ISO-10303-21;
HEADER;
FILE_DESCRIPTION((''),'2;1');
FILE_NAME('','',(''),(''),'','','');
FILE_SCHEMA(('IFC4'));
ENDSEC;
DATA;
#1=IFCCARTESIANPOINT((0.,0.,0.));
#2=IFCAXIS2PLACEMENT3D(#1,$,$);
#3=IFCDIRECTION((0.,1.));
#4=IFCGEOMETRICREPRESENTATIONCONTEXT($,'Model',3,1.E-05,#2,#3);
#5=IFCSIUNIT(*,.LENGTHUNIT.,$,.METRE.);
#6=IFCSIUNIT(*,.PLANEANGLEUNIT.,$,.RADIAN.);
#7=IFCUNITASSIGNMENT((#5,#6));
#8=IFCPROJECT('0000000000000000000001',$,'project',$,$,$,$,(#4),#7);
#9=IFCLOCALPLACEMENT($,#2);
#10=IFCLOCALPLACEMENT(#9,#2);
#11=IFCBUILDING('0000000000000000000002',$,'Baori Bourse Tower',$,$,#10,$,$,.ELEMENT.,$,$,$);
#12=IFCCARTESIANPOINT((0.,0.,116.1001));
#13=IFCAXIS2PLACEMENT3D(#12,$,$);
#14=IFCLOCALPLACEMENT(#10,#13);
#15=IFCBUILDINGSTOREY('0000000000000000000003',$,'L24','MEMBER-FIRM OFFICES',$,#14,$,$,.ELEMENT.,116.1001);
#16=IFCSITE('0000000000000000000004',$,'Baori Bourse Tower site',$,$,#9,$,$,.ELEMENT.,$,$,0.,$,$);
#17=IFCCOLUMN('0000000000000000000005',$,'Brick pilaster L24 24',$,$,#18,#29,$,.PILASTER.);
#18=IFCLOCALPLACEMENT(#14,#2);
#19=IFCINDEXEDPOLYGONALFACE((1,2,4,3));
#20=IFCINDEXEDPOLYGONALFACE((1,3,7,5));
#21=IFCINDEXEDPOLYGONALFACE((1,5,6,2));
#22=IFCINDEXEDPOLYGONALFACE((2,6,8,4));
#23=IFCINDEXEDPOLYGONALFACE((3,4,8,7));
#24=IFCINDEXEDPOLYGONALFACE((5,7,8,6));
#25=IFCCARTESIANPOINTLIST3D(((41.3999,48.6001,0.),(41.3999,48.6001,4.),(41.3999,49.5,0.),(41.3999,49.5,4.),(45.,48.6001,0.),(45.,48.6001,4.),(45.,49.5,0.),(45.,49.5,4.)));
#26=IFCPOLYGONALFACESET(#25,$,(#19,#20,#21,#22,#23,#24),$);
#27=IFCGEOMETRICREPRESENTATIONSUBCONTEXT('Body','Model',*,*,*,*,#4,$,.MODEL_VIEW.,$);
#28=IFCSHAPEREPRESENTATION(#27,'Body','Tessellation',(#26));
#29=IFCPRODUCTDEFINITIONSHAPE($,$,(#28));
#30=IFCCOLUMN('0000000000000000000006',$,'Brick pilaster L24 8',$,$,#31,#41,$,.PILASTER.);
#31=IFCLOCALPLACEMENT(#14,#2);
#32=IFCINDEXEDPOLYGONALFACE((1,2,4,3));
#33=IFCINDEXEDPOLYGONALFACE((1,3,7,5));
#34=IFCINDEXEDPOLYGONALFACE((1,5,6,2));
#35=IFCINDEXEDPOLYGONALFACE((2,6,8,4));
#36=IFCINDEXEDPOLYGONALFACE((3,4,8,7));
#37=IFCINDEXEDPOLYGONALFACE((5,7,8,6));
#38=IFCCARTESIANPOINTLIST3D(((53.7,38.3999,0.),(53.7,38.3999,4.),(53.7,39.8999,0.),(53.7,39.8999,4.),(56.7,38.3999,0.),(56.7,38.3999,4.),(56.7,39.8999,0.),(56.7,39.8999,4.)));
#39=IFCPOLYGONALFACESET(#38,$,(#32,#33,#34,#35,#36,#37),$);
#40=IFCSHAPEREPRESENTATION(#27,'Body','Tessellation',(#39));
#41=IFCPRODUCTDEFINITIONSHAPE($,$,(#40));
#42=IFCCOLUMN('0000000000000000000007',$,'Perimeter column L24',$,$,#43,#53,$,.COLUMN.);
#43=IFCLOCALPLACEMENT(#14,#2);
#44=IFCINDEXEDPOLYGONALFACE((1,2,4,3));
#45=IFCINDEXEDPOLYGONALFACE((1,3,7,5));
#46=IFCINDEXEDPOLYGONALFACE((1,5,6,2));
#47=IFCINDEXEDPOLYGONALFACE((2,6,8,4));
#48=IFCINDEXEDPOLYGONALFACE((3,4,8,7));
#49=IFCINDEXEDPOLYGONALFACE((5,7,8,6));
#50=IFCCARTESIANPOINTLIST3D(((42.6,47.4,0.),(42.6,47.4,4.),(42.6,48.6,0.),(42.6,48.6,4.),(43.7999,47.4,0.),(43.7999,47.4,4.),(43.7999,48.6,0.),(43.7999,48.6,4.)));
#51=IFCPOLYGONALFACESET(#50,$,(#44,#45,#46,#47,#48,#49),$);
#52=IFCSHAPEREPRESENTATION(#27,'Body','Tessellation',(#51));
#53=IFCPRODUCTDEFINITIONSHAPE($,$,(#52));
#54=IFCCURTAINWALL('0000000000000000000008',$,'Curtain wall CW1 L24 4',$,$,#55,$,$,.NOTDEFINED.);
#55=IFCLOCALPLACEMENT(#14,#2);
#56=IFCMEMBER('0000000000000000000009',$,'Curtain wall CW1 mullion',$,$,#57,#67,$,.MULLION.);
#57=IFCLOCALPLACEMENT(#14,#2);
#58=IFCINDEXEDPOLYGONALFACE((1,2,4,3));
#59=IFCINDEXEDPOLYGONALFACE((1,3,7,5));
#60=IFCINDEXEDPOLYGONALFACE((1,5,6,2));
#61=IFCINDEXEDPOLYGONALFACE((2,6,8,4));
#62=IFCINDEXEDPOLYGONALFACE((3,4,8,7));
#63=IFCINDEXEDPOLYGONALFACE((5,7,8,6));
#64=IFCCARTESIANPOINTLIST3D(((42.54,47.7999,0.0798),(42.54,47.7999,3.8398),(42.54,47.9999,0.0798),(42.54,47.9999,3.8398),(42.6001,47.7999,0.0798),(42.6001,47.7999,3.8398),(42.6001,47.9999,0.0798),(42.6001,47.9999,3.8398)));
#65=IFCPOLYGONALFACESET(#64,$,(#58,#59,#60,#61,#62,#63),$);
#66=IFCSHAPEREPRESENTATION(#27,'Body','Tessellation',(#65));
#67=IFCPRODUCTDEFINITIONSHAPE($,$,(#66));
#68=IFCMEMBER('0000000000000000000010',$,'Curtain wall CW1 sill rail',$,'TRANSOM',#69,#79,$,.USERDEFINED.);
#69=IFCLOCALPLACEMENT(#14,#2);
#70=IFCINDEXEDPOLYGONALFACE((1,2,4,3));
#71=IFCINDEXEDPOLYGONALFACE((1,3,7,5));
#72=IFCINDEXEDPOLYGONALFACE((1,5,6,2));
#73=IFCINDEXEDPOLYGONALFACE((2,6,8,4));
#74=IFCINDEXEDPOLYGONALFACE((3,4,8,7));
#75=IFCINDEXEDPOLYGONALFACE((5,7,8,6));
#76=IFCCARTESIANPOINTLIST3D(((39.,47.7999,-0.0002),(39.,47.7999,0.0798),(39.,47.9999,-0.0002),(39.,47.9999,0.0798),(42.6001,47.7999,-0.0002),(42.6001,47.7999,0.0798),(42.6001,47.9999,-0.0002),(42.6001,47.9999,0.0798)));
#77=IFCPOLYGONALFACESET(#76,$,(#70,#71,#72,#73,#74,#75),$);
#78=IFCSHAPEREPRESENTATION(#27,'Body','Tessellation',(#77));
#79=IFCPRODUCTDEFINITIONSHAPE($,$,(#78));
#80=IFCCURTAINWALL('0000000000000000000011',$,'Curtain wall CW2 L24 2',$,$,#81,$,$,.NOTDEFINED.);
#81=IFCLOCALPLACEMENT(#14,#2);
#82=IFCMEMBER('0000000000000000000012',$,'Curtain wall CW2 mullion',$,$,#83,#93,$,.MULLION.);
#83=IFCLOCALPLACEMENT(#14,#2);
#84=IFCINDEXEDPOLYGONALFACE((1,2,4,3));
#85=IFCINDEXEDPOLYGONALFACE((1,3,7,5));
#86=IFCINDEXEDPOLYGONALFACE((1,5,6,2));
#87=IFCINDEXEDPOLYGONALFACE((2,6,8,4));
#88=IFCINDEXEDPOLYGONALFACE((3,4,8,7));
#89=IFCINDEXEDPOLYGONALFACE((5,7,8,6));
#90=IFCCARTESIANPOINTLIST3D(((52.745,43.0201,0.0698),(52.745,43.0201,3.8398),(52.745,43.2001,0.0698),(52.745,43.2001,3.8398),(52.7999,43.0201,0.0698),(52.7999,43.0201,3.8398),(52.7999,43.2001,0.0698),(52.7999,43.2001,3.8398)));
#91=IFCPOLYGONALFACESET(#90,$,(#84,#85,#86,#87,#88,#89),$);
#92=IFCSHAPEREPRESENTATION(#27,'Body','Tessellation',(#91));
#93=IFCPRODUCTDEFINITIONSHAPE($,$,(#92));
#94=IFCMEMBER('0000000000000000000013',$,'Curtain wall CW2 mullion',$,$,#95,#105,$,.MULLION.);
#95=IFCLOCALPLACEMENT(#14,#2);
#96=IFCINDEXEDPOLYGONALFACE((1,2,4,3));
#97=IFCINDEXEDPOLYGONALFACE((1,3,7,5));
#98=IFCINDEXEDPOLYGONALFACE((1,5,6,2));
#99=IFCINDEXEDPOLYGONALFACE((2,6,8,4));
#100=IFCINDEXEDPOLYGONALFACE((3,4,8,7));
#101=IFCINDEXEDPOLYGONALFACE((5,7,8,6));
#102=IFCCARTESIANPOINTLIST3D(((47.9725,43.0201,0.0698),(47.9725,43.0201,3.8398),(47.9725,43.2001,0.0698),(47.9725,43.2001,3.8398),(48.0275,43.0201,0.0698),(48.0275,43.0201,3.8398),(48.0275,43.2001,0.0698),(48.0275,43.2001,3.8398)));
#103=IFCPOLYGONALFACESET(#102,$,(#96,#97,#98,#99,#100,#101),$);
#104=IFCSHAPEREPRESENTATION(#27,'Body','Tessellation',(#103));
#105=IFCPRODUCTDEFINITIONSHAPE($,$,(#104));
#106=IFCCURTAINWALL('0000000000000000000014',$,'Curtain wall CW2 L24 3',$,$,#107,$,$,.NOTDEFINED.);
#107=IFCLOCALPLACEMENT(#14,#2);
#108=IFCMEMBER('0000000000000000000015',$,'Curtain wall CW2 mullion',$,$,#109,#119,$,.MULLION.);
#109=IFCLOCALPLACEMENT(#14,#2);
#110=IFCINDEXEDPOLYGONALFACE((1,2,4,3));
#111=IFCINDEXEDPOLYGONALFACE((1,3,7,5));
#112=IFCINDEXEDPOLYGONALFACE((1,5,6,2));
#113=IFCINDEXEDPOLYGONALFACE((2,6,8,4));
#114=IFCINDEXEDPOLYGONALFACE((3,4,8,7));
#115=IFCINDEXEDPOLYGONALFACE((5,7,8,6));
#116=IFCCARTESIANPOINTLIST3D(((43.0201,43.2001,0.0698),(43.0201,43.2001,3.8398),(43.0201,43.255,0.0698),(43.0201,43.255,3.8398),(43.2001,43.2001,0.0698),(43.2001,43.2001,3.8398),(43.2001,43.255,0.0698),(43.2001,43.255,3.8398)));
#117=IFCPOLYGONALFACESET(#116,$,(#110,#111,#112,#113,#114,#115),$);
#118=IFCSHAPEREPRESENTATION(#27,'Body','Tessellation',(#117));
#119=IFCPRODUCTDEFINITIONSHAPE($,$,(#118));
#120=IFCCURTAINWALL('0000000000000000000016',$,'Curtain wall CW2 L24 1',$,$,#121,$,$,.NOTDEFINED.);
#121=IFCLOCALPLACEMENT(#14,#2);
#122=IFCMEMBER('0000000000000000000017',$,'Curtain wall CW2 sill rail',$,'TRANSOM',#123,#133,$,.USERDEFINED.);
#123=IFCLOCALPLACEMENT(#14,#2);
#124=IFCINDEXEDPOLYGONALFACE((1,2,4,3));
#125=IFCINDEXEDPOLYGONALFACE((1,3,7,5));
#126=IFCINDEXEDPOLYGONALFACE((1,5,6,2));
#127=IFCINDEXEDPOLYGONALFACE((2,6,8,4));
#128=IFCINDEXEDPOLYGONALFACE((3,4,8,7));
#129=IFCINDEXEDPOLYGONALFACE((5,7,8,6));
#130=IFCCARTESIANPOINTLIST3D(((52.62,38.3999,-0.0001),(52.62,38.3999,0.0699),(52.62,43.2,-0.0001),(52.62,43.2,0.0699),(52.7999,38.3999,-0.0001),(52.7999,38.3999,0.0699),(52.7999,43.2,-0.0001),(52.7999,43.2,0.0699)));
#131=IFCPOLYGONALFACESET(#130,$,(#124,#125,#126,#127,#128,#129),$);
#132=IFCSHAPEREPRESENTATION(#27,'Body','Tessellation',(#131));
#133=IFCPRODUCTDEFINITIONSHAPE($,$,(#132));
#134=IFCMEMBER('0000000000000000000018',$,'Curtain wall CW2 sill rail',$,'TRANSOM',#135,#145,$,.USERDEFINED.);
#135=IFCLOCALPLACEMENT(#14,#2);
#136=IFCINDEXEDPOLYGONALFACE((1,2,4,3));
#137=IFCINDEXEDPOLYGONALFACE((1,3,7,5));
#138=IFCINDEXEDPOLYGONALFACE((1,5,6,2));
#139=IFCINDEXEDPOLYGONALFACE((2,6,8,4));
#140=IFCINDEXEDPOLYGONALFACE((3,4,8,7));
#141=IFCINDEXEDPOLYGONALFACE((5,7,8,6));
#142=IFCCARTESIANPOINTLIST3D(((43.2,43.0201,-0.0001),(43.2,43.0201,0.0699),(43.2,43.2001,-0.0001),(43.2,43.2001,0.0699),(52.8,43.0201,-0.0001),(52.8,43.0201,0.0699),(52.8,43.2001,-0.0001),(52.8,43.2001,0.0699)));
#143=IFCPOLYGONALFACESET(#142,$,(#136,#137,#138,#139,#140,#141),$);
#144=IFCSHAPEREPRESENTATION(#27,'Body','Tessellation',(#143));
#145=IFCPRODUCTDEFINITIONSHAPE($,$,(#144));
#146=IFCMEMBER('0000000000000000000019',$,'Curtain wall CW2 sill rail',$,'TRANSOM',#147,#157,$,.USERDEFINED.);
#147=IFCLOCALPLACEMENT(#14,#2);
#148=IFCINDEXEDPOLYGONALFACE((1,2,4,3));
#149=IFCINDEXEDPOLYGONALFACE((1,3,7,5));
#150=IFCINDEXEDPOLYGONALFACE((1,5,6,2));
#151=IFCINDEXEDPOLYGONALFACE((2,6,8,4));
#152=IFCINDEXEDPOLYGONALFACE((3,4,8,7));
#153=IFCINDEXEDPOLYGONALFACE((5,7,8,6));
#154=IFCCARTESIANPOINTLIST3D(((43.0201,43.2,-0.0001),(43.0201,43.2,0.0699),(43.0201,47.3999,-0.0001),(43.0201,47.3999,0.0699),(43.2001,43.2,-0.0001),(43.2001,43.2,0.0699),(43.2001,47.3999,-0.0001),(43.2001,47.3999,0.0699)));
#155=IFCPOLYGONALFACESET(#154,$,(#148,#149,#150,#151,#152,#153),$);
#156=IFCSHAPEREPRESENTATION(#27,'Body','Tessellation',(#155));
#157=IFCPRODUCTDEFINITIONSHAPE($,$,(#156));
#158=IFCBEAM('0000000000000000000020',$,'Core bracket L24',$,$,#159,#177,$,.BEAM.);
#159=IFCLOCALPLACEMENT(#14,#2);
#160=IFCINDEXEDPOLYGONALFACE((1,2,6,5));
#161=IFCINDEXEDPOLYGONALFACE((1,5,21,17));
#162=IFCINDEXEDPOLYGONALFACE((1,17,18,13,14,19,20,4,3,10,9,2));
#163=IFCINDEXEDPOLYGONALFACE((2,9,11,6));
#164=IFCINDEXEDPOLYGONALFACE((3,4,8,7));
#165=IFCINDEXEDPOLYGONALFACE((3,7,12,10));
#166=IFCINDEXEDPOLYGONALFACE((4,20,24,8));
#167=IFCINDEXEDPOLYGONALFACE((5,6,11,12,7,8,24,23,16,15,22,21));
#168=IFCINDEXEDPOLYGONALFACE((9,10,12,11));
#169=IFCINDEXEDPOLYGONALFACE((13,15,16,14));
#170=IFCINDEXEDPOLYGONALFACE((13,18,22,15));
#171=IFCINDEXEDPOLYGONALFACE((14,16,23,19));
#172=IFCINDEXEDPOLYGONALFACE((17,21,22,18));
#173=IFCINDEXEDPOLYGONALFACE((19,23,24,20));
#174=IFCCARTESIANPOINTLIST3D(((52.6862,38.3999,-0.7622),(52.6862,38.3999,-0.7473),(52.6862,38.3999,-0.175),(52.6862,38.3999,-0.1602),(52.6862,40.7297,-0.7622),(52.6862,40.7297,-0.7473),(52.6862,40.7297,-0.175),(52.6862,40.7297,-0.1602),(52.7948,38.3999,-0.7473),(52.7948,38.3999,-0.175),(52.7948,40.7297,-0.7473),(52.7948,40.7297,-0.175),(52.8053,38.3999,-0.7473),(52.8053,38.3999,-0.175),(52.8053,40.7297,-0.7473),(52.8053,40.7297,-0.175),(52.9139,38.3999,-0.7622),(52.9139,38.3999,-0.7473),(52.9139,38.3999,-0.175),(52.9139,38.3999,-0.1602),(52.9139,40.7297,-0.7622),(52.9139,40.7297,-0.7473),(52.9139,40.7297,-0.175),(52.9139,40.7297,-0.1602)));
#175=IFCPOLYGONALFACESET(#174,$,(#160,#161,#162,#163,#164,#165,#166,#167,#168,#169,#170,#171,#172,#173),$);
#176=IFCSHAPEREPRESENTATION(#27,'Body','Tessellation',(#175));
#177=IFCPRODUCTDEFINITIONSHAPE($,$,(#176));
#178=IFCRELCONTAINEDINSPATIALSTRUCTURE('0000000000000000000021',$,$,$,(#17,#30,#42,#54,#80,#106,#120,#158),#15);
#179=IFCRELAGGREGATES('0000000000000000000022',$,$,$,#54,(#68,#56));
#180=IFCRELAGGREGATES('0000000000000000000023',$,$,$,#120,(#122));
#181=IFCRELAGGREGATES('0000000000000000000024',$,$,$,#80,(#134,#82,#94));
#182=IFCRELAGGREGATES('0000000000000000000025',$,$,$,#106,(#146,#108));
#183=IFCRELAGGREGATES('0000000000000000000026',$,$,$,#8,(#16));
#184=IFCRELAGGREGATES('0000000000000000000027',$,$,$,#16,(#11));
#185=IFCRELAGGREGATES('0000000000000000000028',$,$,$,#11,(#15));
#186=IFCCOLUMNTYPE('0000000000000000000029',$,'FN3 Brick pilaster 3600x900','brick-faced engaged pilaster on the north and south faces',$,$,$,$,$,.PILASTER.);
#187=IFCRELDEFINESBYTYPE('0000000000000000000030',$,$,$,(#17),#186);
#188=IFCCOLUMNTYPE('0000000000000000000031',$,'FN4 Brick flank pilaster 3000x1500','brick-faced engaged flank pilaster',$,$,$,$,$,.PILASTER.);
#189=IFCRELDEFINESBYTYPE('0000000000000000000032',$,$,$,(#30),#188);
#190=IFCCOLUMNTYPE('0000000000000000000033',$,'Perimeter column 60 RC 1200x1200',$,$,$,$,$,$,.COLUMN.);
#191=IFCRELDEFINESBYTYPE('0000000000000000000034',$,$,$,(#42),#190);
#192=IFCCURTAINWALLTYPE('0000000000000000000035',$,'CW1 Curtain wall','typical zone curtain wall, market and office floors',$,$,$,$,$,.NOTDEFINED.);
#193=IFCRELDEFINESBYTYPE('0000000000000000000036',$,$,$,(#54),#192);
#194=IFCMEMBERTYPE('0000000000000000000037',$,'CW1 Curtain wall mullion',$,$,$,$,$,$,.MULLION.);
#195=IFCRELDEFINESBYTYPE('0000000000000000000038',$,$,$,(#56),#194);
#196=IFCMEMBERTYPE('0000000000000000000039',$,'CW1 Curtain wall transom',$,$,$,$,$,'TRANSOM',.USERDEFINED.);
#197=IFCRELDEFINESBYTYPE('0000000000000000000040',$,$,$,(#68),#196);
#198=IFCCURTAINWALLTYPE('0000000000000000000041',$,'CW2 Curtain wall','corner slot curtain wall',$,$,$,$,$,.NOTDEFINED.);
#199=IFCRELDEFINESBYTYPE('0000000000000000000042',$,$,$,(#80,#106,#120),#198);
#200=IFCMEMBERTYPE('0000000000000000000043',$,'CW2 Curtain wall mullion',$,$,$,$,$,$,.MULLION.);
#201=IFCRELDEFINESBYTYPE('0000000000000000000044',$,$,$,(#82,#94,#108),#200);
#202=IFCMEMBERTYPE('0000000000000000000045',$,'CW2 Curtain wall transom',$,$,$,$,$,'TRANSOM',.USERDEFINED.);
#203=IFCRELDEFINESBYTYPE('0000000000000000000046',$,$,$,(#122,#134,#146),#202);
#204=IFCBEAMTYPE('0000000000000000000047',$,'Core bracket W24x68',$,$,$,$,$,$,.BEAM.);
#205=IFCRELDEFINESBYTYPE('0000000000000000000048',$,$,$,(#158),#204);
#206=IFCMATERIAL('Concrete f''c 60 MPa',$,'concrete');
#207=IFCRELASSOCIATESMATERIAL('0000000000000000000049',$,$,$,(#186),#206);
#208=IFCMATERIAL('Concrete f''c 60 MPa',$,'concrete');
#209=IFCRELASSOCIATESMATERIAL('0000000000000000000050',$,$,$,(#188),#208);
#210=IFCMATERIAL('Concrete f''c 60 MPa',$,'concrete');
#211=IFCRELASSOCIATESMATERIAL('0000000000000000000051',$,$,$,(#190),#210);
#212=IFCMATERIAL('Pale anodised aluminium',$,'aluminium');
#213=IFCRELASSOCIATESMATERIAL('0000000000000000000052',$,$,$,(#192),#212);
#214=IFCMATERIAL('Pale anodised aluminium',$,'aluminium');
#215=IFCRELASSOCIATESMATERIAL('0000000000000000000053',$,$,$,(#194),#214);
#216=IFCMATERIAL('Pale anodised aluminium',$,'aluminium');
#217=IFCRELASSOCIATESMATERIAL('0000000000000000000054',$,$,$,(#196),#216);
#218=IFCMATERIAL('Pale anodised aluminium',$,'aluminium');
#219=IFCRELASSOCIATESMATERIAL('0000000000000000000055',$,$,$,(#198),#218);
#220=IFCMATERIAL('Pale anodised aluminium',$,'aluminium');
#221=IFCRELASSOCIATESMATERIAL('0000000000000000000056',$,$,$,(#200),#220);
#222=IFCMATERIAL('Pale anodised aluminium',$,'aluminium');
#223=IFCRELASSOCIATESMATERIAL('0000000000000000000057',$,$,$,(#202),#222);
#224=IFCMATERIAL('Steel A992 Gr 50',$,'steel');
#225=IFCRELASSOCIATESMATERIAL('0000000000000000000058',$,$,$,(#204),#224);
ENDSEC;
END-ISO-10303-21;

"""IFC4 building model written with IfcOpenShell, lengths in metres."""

from ifc_helpers import new_model, si_unit, direction, frame, origin, origin_2d, place, context, subcontext, project, spatial, rectangle, i_section, extrude, material, material_profile, profile_set, type_object, element, aggregate, save


model = new_model("IFC4")

# Units and contexts
model_context = context("Model", 3, precision=1e-05, world=origin(), true_north=direction((0.0, 1.0)))
body_context = subcontext(model_context, "Body", "Model", "MODEL_VIEW")
ifc_project = project(units=[si_unit("LENGTHUNIT", "METRE"), si_unit("PLANEANGLEUNIT", "RADIAN")], contexts=[model_context])

# Site, building, storey
site_placement = place(None, origin())
site = spatial("IfcSite", under=ifc_project, at=site_placement, Name="Baori Bourse Tower site", CompositionType="ELEMENT", RefElevation=0.0)
building_placement = place(site_placement, origin())
building = spatial("IfcBuilding", under=site, at=building_placement, Name="Baori Bourse Tower", CompositionType="ELEMENT")
storey_placement = place(building_placement, frame((0.0, 0.0, 116.1001)))
storey = spatial("IfcBuildingStorey", under=building, at=storey_placement, Name="L24", Description="MEMBER-FIRM OFFICES", CompositionType="ELEMENT", Elevation=116.1001)

# Columns
ifc_material_1 = material(Name="Concrete f'c 60 MPa", Category="concrete")
ifc_material_profile_1 = material_profile(ifc_material_1, rectangle(XDim=3.6001, YDim=0.8999, at=origin_2d()), Name="RC 3600x900")
ifc_profile_set_1 = profile_set([ifc_material_profile_1], Name="Concrete f'c 60 MPa")
column_type_1 = type_object("IfcColumnType", Name="FN3 Brick pilaster 3600x900", Description="brick-faced engaged pilaster on the north and south faces", PredefinedType="PILASTER", material=ifc_profile_set_1)
column_1_placement = place(storey_placement, frame((43.2, 49.05, 0.0), z_axis=(0.0, 0.0, 1.0), x_axis=(1.0, 0.0, 0.0)))
element("IfcColumn", 1, at=column_1_placement, inside=storey, type_object=column_type_1, Name="Brick pilaster L24 24", PredefinedType="PILASTER", context=body_context, shape_type="SweptSolid", body=[
    extrude(rectangle(XDim=3.6001, YDim=0.8999, at=origin_2d()), origin(), (0.0, 0.0, 1.0), 4.0),
])
ifc_material_2 = material(Name="Concrete f'c 60 MPa", Category="concrete")
ifc_material_profile_2 = material_profile(ifc_material_2, rectangle(XDim=3.0, YDim=1.5, at=origin_2d()), Name="RC 3000x1500")
ifc_profile_set_2 = profile_set([ifc_material_profile_2], Name="Concrete f'c 60 MPa")
column_type_2 = type_object("IfcColumnType", Name="FN4 Brick flank pilaster 3000x1500", Description="brick-faced engaged flank pilaster", PredefinedType="PILASTER", material=ifc_profile_set_2)
column_2_placement = place(storey_placement, frame((55.2, 39.1499, 0.0), z_axis=(0.0, 0.0, 1.0), x_axis=(1.0, 0.0, 0.0)))
element("IfcColumn", 2, at=column_2_placement, inside=storey, type_object=column_type_2, Name="Brick pilaster L24 8", PredefinedType="PILASTER", context=body_context, shape_type="SweptSolid", body=[
    extrude(rectangle(XDim=3.0, YDim=1.5, at=origin_2d()), origin(), (0.0, 0.0, 1.0), 4.0),
])
ifc_material_3 = material(Name="Concrete f'c 60 MPa", Category="concrete")
ifc_material_profile_3 = material_profile(ifc_material_3, rectangle(XDim=1.2, YDim=1.2, at=origin_2d()), Name="RC 1200x1200")
ifc_profile_set_3 = profile_set([ifc_material_profile_3], Name="Concrete f'c 60 MPa")
column_type_3 = type_object("IfcColumnType", Name="Perimeter column 60 RC 1200x1200", PredefinedType="COLUMN", material=ifc_profile_set_3)
column_3_placement = place(storey_placement, frame((43.2, 48.0, 0.0), z_axis=(0.0, 0.0, 1.0), x_axis=(1.0, 0.0, 0.0)))
element("IfcColumn", 3, at=column_3_placement, inside=storey, type_object=column_type_3, Name="Perimeter column L24", PredefinedType="COLUMN", context=body_context, shape_type="SweptSolid", body=[
    extrude(rectangle(XDim=1.2, YDim=1.2, at=origin_2d()), origin(), (0.0, 0.0, 1.0), 4.0),
])

# Curtain walls, members
ifc_material_4 = material(Name="Pale anodised aluminium", Category="aluminium")
curtain_wall_type_1 = type_object("IfcCurtainWallType", Name="CW1 Curtain wall", Description="typical zone curtain wall, market and office floors", PredefinedType="NOTDEFINED", material=ifc_material_4)
curtain_wall_1_placement = place(storey_placement, origin())
curtain_wall_1 = element("IfcCurtainWall", 4, at=curtain_wall_1_placement, inside=storey, type_object=curtain_wall_type_1, Name="Curtain wall CW1 L24 4", PredefinedType="NOTDEFINED")
ifc_material_5 = material(Name="Pale anodised aluminium", Category="aluminium")
ifc_material_profile_4 = material_profile(ifc_material_5, rectangle(XDim=0.2, YDim=0.0601, at=origin_2d()), Name="Mullion 60x200")
ifc_profile_set_4 = profile_set([ifc_material_profile_4], Name="Pale anodised aluminium")
member_type_1 = type_object("IfcMemberType", Name="CW1 Curtain wall mullion", PredefinedType="MULLION", material=ifc_profile_set_4)
member_1_placement = place(storey_placement, frame((42.5701, 47.8999, 0.0798), z_axis=(0.0, 0.0, 1.0), x_axis=(0.0, -1.0, 0.0)))
member_1 = element("IfcMember", 5, at=member_1_placement, type_object=member_type_1, Name="Curtain wall CW1 mullion", PredefinedType="MULLION", context=body_context, shape_type="SweptSolid", body=[
    extrude(rectangle(XDim=0.2, YDim=0.0601, at=origin_2d()), origin(), (0.0, 0.0, 1.0), 3.76),
])
ifc_material_6 = material(Name="Pale anodised aluminium", Category="aluminium")
ifc_material_profile_5 = material_profile(ifc_material_6, rectangle(XDim=0.2, YDim=0.0801, at=origin_2d()), Name="Transom 80x200")
ifc_profile_set_5 = profile_set([ifc_material_profile_5], Name="Pale anodised aluminium")
member_type_2 = type_object("IfcMemberType", Name="CW1 Curtain wall transom", ElementType="TRANSOM", PredefinedType="USERDEFINED", material=ifc_profile_set_5)
member_2_placement = place(storey_placement, frame((42.6001, 47.8999, 0.0398), z_axis=(-1.0, 0.0, 0.0), x_axis=(0.0, -1.0, 0.0)))
member_2 = element("IfcMember", 6, at=member_2_placement, type_object=member_type_2, Name="Curtain wall CW1 sill rail", ObjectType="TRANSOM", PredefinedType="USERDEFINED", context=body_context, shape_type="SweptSolid", body=[
    extrude(rectangle(XDim=0.2, YDim=0.0801, at=origin_2d()), origin(), (0.0, 0.0, 1.0), 3.6001),
])
aggregate(curtain_wall_1, [member_2, member_1])
ifc_material_7 = material(Name="Pale anodised aluminium", Category="aluminium")
curtain_wall_type_2 = type_object("IfcCurtainWallType", Name="CW2 Curtain wall", Description="corner slot curtain wall", PredefinedType="NOTDEFINED", material=ifc_material_7)
curtain_wall_2_placement = place(storey_placement, origin())
curtain_wall_2 = element("IfcCurtainWall", 7, at=curtain_wall_2_placement, inside=storey, type_object=curtain_wall_type_2, Name="Curtain wall CW2 L24 2", PredefinedType="NOTDEFINED")
ifc_material_8 = material(Name="Pale anodised aluminium", Category="aluminium")
ifc_material_profile_6 = material_profile(ifc_material_8, rectangle(XDim=0.1799, YDim=0.0549, at=origin_2d()), Name="Mullion 55x180")
ifc_profile_set_6 = profile_set([ifc_material_profile_6], Name="Pale anodised aluminium")
member_type_3 = type_object("IfcMemberType", Name="CW2 Curtain wall mullion", PredefinedType="MULLION", material=ifc_profile_set_6)
member_3_placement = place(storey_placement, frame((52.7725, 43.1101, 0.0698), z_axis=(0.0, 0.0, 1.0), x_axis=(0.0, -1.0, 0.0)))
member_3 = element("IfcMember", 8, at=member_3_placement, type_object=member_type_3, Name="Curtain wall CW2 mullion", PredefinedType="MULLION", context=body_context, shape_type="SweptSolid", body=[
    extrude(rectangle(XDim=0.1799, YDim=0.0549, at=origin_2d()), origin(), (0.0, 0.0, 1.0), 3.77),
])
member_4_placement = place(storey_placement, frame((48.0, 43.1101, 0.0698), z_axis=(0.0, 0.0, 1.0), x_axis=(0.0, -1.0, 0.0)))
member_4 = element("IfcMember", 9, at=member_4_placement, type_object=member_type_3, Name="Curtain wall CW2 mullion", PredefinedType="MULLION", context=body_context, shape_type="SweptSolid", body=[
    extrude(rectangle(XDim=0.1799, YDim=0.0549, at=origin_2d()), origin(), (0.0, 0.0, 1.0), 3.77),
])

# Curtain walls, members
curtain_wall_3_placement = place(storey_placement, origin())
curtain_wall_3 = element("IfcCurtainWall", 10, at=curtain_wall_3_placement, inside=storey, type_object=curtain_wall_type_2, Name="Curtain wall CW2 L24 3", PredefinedType="NOTDEFINED")
member_5_placement = place(storey_placement, frame((43.1101, 43.2275, 0.0698), z_axis=(0.0, 0.0, 1.0), x_axis=(-1.0, 0.0, 0.0)))
member_5 = element("IfcMember", 11, at=member_5_placement, type_object=member_type_3, Name="Curtain wall CW2 mullion", PredefinedType="MULLION", context=body_context, shape_type="SweptSolid", body=[
    extrude(rectangle(XDim=0.1799, YDim=0.0549, at=origin_2d()), origin(), (0.0, 0.0, 1.0), 3.77),
])
curtain_wall_4_placement = place(storey_placement, origin())
curtain_wall_4 = element("IfcCurtainWall", 12, at=curtain_wall_4_placement, inside=storey, type_object=curtain_wall_type_2, Name="Curtain wall CW2 L24 1", PredefinedType="NOTDEFINED")
ifc_material_9 = material(Name="Pale anodised aluminium", Category="aluminium")
ifc_material_profile_7 = material_profile(ifc_material_9, rectangle(XDim=0.1799, YDim=0.0701, at=origin_2d()), Name="Transom 70x180")
ifc_profile_set_7 = profile_set([ifc_material_profile_7], Name="Pale anodised aluminium")
member_type_4 = type_object("IfcMemberType", Name="CW2 Curtain wall transom", ElementType="TRANSOM", PredefinedType="USERDEFINED", material=ifc_profile_set_7)
member_6_placement = place(storey_placement, frame((52.71, 38.3999, 0.0349), z_axis=(0.0, 1.0, 0.0), x_axis=(-1.0, 0.0, 0.0)))
member_6 = element("IfcMember", 13, at=member_6_placement, type_object=member_type_4, Name="Curtain wall CW2 sill rail", ObjectType="TRANSOM", PredefinedType="USERDEFINED", context=body_context, shape_type="SweptSolid", body=[
    extrude(rectangle(XDim=0.1799, YDim=0.0701, at=origin_2d()), origin(), (0.0, 0.0, 1.0), 4.8),
])

# Members
member_7_placement = place(storey_placement, frame((52.8, 43.1101, 0.0349), z_axis=(-1.0, 0.0, 0.0), x_axis=(0.0, -1.0, 0.0)))
member_7 = element("IfcMember", 14, at=member_7_placement, type_object=member_type_4, Name="Curtain wall CW2 sill rail", ObjectType="TRANSOM", PredefinedType="USERDEFINED", context=body_context, shape_type="SweptSolid", body=[
    extrude(rectangle(XDim=0.1799, YDim=0.0701, at=origin_2d()), origin(), (0.0, 0.0, 1.0), 9.6001),
])
member_8_placement = place(storey_placement, frame((43.1101, 43.2, 0.0349), z_axis=(0.0, 1.0, 0.0), x_axis=(-1.0, 0.0, 0.0)))
member_8 = element("IfcMember", 15, at=member_8_placement, type_object=member_type_4, Name="Curtain wall CW2 sill rail", ObjectType="TRANSOM", PredefinedType="USERDEFINED", context=body_context, shape_type="SweptSolid", body=[
    extrude(rectangle(XDim=0.1799, YDim=0.0701, at=origin_2d()), origin(), (0.0, 0.0, 1.0), 4.2),
])

# Beam
ifc_material_10 = material(Name="Steel A992 Gr 50", Category="steel")
ifc_material_profile_8 = material_profile(ifc_material_10, i_section(OverallWidth=0.2278, OverallDepth=0.6021, WebThickness=0.0105, FlangeThickness=0.0149, at=origin_2d()), Name="W24x68")
ifc_profile_set_8 = profile_set([ifc_material_profile_8], Name="Steel A992 Gr 50")
beam_type_1 = type_object("IfcBeamType", Name="Core bracket W24x68", PredefinedType="BEAM", material=ifc_profile_set_8)
beam_1_placement = place(storey_placement, frame((52.8, 38.3999, -0.4612), z_axis=(0.0, 1.0, 0.0), x_axis=(-1.0, 0.0, 0.0)))
element("IfcBeam", 16, at=beam_1_placement, inside=storey, type_object=beam_type_1, Name="Core bracket L24", PredefinedType="BEAM", context=body_context, shape_type="SweptSolid", body=[
    extrude(i_section(OverallWidth=0.2278, OverallDepth=0.6021, WebThickness=0.0105, FlangeThickness=0.0149, at=origin_2d()), origin(), (0.0, 0.0, 1.0), 2.3298),
])

aggregate(curtain_wall_4, [member_6])
aggregate(curtain_wall_2, [member_7, member_3, member_4])
aggregate(curtain_wall_3, [member_8, member_5])

save(model, "model.ifc")
